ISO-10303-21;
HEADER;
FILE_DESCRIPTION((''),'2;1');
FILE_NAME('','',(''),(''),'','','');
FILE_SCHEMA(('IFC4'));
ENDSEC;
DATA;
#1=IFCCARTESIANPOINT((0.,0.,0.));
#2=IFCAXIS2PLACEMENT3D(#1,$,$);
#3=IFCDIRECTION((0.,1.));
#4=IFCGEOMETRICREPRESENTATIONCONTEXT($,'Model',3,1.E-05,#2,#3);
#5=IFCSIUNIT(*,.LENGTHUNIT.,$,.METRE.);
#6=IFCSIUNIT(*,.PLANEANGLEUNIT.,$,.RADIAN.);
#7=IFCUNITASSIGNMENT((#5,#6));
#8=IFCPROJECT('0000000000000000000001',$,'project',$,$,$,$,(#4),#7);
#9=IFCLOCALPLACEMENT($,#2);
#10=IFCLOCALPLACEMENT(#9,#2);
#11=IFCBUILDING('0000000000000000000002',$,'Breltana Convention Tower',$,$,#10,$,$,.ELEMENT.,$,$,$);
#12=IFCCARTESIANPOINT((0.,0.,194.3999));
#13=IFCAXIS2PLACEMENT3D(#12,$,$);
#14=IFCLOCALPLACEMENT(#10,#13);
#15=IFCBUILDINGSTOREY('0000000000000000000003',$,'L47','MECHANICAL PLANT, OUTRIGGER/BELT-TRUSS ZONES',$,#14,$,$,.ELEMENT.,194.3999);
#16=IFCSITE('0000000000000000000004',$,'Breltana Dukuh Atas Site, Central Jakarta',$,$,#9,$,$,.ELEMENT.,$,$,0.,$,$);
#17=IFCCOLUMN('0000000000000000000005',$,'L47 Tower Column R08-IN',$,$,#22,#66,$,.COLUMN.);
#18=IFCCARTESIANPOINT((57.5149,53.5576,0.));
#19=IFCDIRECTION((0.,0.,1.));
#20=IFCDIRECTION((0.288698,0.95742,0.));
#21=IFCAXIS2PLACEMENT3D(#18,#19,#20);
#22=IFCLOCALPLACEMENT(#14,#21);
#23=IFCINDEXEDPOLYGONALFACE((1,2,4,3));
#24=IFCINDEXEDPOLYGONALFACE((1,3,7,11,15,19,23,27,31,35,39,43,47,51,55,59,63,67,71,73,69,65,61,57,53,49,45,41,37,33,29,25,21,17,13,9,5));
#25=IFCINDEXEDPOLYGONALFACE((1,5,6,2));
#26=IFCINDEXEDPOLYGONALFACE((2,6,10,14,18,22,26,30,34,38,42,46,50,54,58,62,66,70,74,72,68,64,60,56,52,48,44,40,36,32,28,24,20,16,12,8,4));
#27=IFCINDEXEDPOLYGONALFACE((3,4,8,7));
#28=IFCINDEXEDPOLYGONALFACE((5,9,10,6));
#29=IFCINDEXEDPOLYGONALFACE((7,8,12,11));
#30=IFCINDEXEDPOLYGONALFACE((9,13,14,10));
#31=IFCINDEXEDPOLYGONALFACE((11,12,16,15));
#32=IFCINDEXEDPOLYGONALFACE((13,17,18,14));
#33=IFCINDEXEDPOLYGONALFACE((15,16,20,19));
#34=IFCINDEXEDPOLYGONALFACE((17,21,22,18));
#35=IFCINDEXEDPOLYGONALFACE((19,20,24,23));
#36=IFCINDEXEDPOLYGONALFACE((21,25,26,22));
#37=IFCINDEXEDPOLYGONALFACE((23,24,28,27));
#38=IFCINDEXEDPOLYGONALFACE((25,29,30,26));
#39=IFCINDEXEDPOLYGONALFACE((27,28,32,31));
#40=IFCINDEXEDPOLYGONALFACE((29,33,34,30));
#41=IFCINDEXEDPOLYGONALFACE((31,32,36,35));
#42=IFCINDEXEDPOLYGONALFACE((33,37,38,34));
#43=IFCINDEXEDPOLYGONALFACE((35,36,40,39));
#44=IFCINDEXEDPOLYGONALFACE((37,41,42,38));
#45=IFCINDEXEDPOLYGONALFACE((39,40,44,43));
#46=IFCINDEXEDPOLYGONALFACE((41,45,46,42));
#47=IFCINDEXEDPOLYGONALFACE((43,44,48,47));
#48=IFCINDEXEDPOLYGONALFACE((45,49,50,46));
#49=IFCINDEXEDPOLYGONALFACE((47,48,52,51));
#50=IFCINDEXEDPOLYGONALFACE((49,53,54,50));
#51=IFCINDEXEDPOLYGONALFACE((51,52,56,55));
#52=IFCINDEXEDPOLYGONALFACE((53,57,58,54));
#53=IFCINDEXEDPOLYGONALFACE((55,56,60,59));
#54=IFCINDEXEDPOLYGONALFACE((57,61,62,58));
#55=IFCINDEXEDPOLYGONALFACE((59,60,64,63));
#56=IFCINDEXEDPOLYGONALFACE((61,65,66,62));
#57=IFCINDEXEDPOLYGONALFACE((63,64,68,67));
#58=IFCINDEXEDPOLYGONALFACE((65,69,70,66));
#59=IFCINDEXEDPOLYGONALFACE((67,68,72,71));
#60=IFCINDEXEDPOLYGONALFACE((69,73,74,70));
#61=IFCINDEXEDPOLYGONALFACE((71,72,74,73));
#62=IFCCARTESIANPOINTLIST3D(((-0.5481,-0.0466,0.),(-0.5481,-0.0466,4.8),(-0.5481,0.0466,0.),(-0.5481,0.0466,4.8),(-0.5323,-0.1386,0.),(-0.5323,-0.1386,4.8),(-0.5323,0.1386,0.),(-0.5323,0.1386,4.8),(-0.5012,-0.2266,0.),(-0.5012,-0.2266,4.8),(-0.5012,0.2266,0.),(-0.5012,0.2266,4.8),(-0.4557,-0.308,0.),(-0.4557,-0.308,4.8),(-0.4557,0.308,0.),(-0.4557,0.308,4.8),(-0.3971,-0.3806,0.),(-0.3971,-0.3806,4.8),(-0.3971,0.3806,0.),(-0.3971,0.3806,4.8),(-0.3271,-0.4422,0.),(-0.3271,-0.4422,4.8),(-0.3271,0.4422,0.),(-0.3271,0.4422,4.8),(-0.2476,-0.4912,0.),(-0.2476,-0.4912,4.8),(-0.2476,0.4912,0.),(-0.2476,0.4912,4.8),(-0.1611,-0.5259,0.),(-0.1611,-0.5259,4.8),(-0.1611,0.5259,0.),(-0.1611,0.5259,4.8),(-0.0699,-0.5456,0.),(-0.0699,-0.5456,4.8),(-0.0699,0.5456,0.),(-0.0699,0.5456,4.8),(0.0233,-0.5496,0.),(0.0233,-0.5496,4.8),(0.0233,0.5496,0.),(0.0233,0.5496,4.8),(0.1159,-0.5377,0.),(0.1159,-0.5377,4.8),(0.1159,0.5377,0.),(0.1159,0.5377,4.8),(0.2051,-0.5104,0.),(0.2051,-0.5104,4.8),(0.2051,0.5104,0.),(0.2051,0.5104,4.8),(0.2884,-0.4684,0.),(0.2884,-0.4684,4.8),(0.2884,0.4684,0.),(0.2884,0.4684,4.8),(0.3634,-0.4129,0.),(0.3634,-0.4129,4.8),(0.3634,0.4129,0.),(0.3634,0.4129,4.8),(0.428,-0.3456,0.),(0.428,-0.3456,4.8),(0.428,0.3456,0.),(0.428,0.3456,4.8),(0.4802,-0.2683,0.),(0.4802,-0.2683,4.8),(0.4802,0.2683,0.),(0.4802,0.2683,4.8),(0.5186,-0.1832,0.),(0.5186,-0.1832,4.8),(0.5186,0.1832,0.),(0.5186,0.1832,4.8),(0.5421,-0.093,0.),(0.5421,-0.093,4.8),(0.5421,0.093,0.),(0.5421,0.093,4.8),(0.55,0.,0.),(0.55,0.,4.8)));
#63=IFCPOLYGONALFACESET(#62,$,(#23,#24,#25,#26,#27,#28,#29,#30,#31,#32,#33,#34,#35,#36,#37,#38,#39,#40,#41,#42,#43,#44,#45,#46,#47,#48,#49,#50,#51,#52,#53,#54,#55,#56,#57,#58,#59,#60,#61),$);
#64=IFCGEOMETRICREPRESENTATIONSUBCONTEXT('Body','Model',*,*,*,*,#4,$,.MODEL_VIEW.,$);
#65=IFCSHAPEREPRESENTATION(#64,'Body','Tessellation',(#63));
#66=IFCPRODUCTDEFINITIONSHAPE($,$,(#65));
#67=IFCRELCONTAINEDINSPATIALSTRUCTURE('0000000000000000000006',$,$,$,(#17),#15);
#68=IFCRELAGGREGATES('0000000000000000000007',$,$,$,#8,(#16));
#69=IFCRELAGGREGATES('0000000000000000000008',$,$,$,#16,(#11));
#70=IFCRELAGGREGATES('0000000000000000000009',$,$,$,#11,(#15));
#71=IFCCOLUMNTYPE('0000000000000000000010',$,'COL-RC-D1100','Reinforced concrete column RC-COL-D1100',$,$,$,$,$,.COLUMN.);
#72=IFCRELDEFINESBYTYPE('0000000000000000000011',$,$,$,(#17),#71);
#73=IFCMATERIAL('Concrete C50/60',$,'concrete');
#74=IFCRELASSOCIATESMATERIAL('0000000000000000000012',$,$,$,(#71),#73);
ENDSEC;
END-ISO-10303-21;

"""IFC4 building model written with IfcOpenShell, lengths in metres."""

from ifc_helpers import new_model, si_unit, direction, frame, origin, origin_2d, place, context, subcontext, project, spatial, circle, extrude, source, transform, mapped, material, material_profile, profile_set, type_object, element, save


model = new_model("IFC4")

# Units and contexts
model_context = context("Model", 3, precision=1e-05, world=origin(), true_north=direction((0.0, 1.0)))
body_context = subcontext(model_context, "Body", "Model", "MODEL_VIEW")
ifc_project = project(units=[si_unit("LENGTHUNIT", "METRE"), si_unit("PLANEANGLEUNIT", "RADIAN")], contexts=[model_context])

# Site, building, storey
site_placement = place(None, origin())
site = spatial("IfcSite", under=ifc_project, at=site_placement, Name="Breltana Dukuh Atas Site, Central Jakarta", CompositionType="ELEMENT", RefElevation=0.0)
building_placement = place(site_placement, origin())
building = spatial("IfcBuilding", under=site, at=building_placement, Name="Breltana Convention Tower", CompositionType="ELEMENT")
storey_placement = place(building_placement, frame((0.0, 0.0, 194.3999)))
storey = spatial("IfcBuildingStorey", under=building, at=storey_placement, Name="L47", Description="MECHANICAL PLANT, OUTRIGGER/BELT-TRUSS ZONES", CompositionType="ELEMENT", Elevation=194.3999)

# Column
ifc_material_1 = material(Name="Concrete C50/60", Category="concrete")
ifc_material_profile_1 = material_profile(ifc_material_1, circle(Radius=0.55, at=origin_2d()), Name="RC-COL-D1100")
ifc_profile_set_1 = profile_set([ifc_material_profile_1], Name="Concrete C50/60")
column_type = type_object("IfcColumnType", Name="COL-RC-D1100", Description="Reinforced concrete column RC-COL-D1100", PredefinedType="COLUMN", material=ifc_profile_set_1)
shared_shape_1 = source(origin(), body_context, "Body", "SweptSolid", [
    extrude(circle(Radius=0.55, at=origin_2d()), origin(), (0.0, 0.0, 1.0), 4.8),
])
for number, where, z_axis, x_axis, name in (
    (1, (57.5149, 53.5576, 0.0), (0.0, 0.0, 1.0), (0.288698, 0.95742, 0.0), "L47 Tower Column R08-IN"),
):
    element("IfcColumn", number, at=place(storey_placement, frame(where, z_axis=z_axis, x_axis=x_axis)), inside=storey, type_object=column_type, Name=name, PredefinedType="COLUMN", context=body_context, shape_type="MappedRepresentation", body=[
        mapped(shared_shape_1, transform((0.0, 0.0, 0.0), scale=1.0)),
    ])

save(model, "model.ifc")
